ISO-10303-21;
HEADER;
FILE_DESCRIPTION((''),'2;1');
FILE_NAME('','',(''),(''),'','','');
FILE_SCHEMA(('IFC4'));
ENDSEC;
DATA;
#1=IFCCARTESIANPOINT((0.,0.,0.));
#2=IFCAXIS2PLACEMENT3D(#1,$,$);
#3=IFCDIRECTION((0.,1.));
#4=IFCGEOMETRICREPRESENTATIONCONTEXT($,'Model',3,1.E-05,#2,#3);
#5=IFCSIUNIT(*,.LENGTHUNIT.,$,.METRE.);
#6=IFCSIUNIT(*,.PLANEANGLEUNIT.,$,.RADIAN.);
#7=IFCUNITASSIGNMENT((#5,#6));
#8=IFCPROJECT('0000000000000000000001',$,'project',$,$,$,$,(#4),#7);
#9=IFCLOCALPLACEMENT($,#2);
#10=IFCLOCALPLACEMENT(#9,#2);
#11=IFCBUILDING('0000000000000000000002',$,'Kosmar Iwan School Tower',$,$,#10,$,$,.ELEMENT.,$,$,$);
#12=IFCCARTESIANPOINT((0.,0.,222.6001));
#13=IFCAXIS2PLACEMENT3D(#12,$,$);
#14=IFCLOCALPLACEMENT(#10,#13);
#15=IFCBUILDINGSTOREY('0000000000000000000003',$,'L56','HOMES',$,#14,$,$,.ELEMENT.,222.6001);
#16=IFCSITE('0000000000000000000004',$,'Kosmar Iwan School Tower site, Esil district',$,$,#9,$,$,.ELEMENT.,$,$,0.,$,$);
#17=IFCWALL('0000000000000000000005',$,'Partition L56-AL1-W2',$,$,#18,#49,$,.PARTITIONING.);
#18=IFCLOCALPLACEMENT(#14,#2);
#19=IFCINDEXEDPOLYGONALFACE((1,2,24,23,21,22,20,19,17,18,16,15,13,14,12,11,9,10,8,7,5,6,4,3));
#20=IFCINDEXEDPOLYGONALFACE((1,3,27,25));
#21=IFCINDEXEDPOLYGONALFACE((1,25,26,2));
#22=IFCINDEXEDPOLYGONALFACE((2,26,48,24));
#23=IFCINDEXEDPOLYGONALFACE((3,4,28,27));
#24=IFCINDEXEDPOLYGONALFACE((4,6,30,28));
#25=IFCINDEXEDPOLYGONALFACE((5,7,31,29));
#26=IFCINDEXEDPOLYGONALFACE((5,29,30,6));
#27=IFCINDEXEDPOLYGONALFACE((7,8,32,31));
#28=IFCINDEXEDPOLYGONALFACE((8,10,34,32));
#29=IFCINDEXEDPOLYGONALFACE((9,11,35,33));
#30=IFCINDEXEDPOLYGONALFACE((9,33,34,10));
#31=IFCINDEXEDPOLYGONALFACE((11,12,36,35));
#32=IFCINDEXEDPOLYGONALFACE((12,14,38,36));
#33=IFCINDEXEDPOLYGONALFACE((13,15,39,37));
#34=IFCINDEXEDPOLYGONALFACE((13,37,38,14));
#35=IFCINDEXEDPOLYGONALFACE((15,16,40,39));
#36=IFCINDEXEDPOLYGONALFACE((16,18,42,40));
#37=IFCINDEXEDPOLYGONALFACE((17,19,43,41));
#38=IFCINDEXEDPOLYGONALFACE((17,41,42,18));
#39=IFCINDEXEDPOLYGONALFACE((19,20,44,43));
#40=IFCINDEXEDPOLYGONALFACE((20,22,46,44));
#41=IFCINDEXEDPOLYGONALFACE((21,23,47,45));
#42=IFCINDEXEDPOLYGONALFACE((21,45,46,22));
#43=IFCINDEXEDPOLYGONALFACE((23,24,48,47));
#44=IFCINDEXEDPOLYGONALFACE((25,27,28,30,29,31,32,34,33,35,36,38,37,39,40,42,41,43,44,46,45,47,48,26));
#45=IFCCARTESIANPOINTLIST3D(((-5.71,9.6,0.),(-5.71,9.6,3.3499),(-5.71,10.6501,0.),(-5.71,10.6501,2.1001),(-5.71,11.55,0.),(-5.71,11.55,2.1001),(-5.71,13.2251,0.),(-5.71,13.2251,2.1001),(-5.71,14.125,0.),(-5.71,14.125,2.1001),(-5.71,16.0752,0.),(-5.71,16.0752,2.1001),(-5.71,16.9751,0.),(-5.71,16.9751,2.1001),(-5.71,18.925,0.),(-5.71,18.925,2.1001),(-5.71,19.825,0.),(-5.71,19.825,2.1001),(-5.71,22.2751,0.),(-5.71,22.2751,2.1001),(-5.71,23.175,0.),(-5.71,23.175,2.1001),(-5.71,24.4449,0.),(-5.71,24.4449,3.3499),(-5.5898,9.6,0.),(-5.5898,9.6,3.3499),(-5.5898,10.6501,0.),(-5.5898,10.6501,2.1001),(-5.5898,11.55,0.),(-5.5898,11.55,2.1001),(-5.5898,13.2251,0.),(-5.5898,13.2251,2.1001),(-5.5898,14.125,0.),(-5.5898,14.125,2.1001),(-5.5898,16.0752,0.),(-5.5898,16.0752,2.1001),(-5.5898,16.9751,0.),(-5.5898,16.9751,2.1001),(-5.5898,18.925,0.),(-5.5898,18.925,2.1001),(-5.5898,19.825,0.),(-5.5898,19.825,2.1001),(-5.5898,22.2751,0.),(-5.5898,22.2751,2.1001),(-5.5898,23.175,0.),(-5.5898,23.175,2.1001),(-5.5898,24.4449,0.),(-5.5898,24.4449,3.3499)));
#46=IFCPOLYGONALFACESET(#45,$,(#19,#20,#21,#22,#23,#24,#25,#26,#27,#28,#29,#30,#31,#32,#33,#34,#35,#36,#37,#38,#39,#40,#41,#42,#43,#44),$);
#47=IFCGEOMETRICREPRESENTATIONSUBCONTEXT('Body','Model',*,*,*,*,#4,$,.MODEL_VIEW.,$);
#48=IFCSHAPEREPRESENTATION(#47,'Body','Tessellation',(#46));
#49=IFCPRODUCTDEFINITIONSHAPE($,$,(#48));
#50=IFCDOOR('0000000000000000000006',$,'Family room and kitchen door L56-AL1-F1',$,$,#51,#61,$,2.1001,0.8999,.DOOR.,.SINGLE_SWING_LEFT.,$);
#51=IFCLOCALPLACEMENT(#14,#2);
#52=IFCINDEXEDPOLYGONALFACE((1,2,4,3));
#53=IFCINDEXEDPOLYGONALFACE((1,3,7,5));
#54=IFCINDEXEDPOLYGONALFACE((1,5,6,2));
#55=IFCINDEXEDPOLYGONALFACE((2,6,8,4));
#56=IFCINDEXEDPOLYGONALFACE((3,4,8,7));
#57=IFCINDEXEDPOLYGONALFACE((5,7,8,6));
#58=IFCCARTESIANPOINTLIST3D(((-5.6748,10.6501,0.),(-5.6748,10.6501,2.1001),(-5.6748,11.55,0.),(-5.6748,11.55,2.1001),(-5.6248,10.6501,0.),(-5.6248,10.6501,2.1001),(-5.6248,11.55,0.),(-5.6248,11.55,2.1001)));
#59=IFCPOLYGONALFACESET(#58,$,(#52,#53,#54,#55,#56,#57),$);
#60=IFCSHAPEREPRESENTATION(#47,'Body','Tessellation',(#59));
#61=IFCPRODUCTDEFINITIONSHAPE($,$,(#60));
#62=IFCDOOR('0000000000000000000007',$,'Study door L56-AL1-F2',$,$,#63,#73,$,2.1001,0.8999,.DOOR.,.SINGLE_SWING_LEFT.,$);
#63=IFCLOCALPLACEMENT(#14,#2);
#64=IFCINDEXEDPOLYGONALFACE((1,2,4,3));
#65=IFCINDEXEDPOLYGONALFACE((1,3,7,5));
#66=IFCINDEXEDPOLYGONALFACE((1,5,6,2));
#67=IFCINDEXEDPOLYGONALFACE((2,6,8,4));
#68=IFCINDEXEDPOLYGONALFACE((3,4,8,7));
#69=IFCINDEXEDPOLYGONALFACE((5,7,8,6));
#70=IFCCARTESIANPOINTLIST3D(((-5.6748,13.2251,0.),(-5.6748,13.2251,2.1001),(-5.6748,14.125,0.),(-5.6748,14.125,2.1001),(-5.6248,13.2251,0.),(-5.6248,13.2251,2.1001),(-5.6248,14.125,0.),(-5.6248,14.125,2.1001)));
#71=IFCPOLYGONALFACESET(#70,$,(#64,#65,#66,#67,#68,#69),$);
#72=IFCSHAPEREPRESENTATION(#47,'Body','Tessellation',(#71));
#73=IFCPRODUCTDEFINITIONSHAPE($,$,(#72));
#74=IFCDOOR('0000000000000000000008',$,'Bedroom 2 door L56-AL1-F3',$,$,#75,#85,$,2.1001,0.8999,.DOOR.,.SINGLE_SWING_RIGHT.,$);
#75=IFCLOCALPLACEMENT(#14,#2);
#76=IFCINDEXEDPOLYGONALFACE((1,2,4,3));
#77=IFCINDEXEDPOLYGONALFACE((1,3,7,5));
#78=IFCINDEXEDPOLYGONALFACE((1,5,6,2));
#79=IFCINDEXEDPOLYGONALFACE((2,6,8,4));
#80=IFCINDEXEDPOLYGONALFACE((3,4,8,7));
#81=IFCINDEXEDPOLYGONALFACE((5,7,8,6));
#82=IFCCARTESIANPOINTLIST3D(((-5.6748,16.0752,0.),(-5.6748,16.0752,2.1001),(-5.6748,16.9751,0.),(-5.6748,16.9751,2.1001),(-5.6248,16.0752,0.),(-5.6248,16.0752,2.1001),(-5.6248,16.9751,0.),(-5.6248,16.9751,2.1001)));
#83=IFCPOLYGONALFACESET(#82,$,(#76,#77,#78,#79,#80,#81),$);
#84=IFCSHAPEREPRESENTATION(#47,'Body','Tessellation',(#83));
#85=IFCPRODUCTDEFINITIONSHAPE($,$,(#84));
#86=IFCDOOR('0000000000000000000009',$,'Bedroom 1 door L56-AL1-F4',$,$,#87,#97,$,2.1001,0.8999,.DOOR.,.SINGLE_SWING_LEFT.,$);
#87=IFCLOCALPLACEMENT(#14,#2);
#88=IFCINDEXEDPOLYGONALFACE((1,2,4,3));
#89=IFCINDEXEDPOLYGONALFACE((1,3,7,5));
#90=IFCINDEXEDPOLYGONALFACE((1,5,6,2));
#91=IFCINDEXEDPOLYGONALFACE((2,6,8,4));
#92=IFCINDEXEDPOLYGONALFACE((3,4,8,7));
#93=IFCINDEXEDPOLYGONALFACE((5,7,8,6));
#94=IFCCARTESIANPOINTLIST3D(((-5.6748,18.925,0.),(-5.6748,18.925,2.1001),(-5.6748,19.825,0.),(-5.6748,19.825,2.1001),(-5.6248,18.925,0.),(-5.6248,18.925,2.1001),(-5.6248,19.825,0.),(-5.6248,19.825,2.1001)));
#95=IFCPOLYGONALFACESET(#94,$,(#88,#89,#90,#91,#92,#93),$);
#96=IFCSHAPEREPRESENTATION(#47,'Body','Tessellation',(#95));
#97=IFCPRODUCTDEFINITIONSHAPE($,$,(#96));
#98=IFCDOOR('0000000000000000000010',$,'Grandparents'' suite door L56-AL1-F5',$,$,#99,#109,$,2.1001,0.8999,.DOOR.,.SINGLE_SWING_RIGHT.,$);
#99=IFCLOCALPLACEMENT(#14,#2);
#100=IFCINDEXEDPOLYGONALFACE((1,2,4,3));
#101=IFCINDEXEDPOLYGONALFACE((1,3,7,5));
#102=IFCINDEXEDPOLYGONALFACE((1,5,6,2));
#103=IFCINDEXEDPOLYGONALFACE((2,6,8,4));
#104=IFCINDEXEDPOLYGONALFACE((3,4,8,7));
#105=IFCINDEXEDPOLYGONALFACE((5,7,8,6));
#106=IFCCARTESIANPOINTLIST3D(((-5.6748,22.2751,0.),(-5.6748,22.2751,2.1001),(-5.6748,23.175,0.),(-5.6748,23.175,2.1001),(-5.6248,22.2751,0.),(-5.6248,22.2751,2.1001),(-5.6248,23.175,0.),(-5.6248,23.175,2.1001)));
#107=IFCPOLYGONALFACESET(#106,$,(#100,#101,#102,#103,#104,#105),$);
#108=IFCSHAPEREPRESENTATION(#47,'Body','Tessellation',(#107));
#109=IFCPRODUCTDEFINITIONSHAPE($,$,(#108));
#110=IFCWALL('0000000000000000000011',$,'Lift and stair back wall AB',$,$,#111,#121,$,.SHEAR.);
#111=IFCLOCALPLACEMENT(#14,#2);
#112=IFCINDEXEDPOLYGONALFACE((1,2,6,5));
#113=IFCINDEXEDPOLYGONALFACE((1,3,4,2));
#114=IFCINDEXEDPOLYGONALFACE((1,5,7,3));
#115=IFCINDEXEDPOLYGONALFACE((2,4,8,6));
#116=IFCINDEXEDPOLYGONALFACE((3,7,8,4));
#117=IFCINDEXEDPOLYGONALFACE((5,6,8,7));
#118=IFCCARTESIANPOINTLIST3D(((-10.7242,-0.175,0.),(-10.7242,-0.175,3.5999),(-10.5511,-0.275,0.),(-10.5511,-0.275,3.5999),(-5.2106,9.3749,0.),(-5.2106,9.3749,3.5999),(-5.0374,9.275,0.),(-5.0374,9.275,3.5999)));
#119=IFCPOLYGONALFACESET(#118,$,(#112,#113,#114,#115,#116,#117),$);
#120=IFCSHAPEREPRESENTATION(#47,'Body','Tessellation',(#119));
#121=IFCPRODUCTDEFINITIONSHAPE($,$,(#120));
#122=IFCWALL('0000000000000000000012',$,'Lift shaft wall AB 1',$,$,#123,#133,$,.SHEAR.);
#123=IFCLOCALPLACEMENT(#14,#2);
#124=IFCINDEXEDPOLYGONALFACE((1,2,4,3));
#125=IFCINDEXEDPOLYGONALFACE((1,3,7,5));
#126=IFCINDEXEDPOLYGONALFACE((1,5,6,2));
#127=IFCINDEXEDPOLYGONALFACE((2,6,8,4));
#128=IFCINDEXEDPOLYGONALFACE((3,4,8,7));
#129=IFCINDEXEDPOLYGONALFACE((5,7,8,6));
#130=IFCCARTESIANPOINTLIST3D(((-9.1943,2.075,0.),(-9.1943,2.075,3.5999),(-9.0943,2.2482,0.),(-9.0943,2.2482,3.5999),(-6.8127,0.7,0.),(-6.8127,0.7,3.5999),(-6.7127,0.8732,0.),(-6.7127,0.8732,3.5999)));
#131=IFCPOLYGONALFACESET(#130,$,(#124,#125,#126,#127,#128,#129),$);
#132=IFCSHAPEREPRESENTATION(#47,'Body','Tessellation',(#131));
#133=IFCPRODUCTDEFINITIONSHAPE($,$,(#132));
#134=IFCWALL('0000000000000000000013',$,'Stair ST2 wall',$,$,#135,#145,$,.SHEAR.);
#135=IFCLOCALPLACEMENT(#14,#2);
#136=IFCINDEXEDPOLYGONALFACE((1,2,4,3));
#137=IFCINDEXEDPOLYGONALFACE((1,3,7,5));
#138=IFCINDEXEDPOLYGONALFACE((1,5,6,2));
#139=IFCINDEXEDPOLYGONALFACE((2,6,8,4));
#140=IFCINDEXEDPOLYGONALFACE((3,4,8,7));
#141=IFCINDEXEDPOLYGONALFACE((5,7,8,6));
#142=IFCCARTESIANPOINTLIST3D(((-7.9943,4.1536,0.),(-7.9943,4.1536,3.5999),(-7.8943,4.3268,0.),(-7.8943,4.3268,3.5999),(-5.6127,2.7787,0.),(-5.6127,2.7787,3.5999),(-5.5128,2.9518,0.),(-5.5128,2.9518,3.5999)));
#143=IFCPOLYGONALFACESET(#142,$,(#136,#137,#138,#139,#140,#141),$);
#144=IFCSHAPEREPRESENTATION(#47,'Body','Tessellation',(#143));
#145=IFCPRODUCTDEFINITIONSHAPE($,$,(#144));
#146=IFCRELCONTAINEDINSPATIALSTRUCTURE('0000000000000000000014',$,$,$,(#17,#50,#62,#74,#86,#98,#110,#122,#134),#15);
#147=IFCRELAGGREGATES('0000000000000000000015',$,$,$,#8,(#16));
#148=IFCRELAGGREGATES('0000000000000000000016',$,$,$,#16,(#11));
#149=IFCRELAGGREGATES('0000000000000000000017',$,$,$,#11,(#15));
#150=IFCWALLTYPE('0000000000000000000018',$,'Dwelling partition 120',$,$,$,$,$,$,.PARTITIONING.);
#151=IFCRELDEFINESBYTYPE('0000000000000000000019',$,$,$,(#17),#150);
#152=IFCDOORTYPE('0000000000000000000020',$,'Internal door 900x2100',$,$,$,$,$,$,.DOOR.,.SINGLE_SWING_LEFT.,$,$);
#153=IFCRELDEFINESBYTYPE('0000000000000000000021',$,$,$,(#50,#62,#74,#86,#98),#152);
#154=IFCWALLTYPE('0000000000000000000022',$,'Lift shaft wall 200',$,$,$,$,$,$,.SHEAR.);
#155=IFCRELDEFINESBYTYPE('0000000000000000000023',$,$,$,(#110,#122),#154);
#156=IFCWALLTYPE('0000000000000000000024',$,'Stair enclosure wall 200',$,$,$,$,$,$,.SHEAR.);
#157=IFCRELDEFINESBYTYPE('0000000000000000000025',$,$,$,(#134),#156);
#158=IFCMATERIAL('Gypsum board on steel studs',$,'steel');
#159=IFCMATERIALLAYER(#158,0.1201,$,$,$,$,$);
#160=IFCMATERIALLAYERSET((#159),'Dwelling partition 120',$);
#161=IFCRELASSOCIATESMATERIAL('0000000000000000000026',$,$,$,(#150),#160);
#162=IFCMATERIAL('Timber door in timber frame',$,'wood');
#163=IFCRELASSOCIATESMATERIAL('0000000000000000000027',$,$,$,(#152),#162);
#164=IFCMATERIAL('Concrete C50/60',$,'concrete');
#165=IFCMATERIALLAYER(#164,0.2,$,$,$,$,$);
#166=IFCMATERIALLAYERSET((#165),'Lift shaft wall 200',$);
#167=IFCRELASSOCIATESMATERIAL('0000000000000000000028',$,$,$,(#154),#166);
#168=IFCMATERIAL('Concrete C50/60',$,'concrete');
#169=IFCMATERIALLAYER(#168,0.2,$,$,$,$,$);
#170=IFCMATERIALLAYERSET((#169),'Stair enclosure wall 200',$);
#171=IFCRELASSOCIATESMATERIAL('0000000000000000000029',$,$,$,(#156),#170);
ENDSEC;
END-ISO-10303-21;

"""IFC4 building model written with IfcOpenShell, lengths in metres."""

from ifc_helpers import new_model, si_unit, direction, frame, frame_2d, origin, place, context, subcontext, project, spatial, rectangle, extrude, material, layer, layer_set, type_object, element, fill, save


model = new_model("IFC4")

# Units and contexts
model_context = context("Model", 3, precision=1e-05, world=origin(), true_north=direction((0.0, 1.0)))
body_context = subcontext(model_context, "Body", "Model", "MODEL_VIEW")
ifc_project = project(units=[si_unit("LENGTHUNIT", "METRE"), si_unit("PLANEANGLEUNIT", "RADIAN")], contexts=[model_context])

# Site, building, storey
site_placement = place(None, origin())
site = spatial("IfcSite", under=ifc_project, at=site_placement, Name="Kosmar Iwan School Tower site, Esil district", CompositionType="ELEMENT", RefElevation=0.0)
building_placement = place(site_placement, origin())
building = spatial("IfcBuilding", under=site, at=building_placement, Name="Kosmar Iwan School Tower", CompositionType="ELEMENT")
storey_placement = place(building_placement, frame((0.0, 0.0, 222.6001)))
storey = spatial("IfcBuildingStorey", under=building, at=storey_placement, Name="L56", Description="HOMES", CompositionType="ELEMENT", Elevation=222.6001)

# Wall, openings, doors
ifc_material_1 = material(Name="Gypsum board on steel studs", Category="steel")
ifc_layer_1 = layer(ifc_material_1, 0.1201)
ifc_layer_set_1 = layer_set([ifc_layer_1], Name="Dwelling partition 120")
wall_type_1 = type_object("IfcWallType", Name="Dwelling partition 120", PredefinedType="PARTITIONING", material=ifc_layer_set_1)
ifc_material_2 = material(Name="Timber door in timber frame", Category="wood")
door_type_1 = type_object("IfcDoorType", Name="Internal door 900x2100", OperationType="SINGLE_SWING_LEFT", PredefinedType="DOOR", material=ifc_material_2)
wall_1_placement = place(storey_placement, frame((-5.6499, 9.6001, 0.0), z_axis=(0.0, 0.0, 1.0), x_axis=(0.0, 1.0, 0.0)))
wall_1 = element("IfcWall", 1, at=wall_1_placement, inside=storey, type_object=wall_type_1, Name="Partition L56-AL1-W2", PredefinedType="PARTITIONING", context=body_context, shape_type="SweptSolid", body=[
    extrude(rectangle(XDim=14.845, YDim=0.1201, at=frame_2d((7.4224, 0.0))), origin(), (0.0, 0.0, 1.0), 3.3499),
])
opening_1_placement = place(wall_1_placement, frame((1.05, 0.0, 0.0)))
opening_1 = element("IfcOpeningElement", 2, at=opening_1_placement, cuts=wall_1, PredefinedType="OPENING", context=body_context, shape_type="SweptSolid", body=[
    extrude(rectangle(XDim=0.8999, YDim=2.1001, at=frame_2d((0.45, 1.05))), frame((0.0, 0.072, 0.0), z_axis=(0.0, -1.0, 0.0), x_axis=(1.0, 0.0, 0.0)), (0.0, 0.0, 1.0), 0.144),
])
opening_2_placement = place(wall_1_placement, frame((3.625, 0.0, 0.0)))
opening_2 = element("IfcOpeningElement", 3, at=opening_2_placement, cuts=wall_1, PredefinedType="OPENING", context=body_context, shape_type="SweptSolid", body=[
    extrude(rectangle(XDim=0.8999, YDim=2.1001, at=frame_2d((0.45, 1.05))), frame((0.0, 0.072, 0.0), z_axis=(0.0, -1.0, 0.0), x_axis=(1.0, 0.0, 0.0)), (0.0, 0.0, 1.0), 0.144),
])
opening_3_placement = place(wall_1_placement, frame((6.4751, 0.0, 0.0)))
opening_3 = element("IfcOpeningElement", 4, at=opening_3_placement, cuts=wall_1, PredefinedType="OPENING", context=body_context, shape_type="SweptSolid", body=[
    extrude(rectangle(XDim=0.8999, YDim=2.1001, at=frame_2d((0.45, 1.05))), frame((0.0, 0.072, 0.0), z_axis=(0.0, -1.0, 0.0), x_axis=(1.0, 0.0, 0.0)), (0.0, 0.0, 1.0), 0.144),
])
opening_4_placement = place(wall_1_placement, frame((9.325, 0.0, 0.0)))
opening_4 = element("IfcOpeningElement", 5, at=opening_4_placement, cuts=wall_1, PredefinedType="OPENING", context=body_context, shape_type="SweptSolid", body=[
    extrude(rectangle(XDim=0.8999, YDim=2.1001, at=frame_2d((0.45, 1.05))), frame((0.0, 0.072, 0.0), z_axis=(0.0, -1.0, 0.0), x_axis=(1.0, 0.0, 0.0)), (0.0, 0.0, 1.0), 0.144),
])
opening_5_placement = place(wall_1_placement, frame((12.675, 0.0, 0.0)))
opening_5 = element("IfcOpeningElement", 6, at=opening_5_placement, cuts=wall_1, PredefinedType="OPENING", context=body_context, shape_type="SweptSolid", body=[
    extrude(rectangle(XDim=0.8999, YDim=2.1001, at=frame_2d((0.45, 1.05))), frame((0.0, 0.072, 0.0), z_axis=(0.0, -1.0, 0.0), x_axis=(1.0, 0.0, 0.0)), (0.0, 0.0, 1.0), 0.144),
])
door_1_placement = place(opening_1_placement, origin())
door_1 = element("IfcDoor", 7, at=door_1_placement, inside=storey, type_object=door_type_1, Name="Family room and kitchen door L56-AL1-F1", OperationType="SINGLE_SWING_LEFT", OverallHeight=2.1001, OverallWidth=0.8999, PredefinedType="DOOR", context=body_context, shape_type="SweptSolid", body=[
    extrude(rectangle(XDim=0.8999, YDim=2.1001, at=frame_2d((0.45, 1.05))), frame((0.0, 0.0249, 0.0), z_axis=(0.0, -1.0, 0.0), x_axis=(1.0, 0.0, 0.0)), (0.0, 0.0, 1.0), 0.05),
])
fill(opening_1, door_1)
door_2_placement = place(opening_2_placement, origin())
door_2 = element("IfcDoor", 8, at=door_2_placement, inside=storey, type_object=door_type_1, Name="Study door L56-AL1-F2", OperationType="SINGLE_SWING_LEFT", OverallHeight=2.1001, OverallWidth=0.8999, PredefinedType="DOOR", context=body_context, shape_type="SweptSolid", body=[
    extrude(rectangle(XDim=0.8999, YDim=2.1001, at=frame_2d((0.45, 1.05))), frame((0.0, 0.0249, 0.0), z_axis=(0.0, -1.0, 0.0), x_axis=(1.0, 0.0, 0.0)), (0.0, 0.0, 1.0), 0.05),
])
fill(opening_2, door_2)
door_3_placement = place(opening_3_placement, origin())
door_3 = element("IfcDoor", 9, at=door_3_placement, inside=storey, type_object=door_type_1, Name="Bedroom 2 door L56-AL1-F3", OperationType="SINGLE_SWING_RIGHT", OverallHeight=2.1001, OverallWidth=0.8999, PredefinedType="DOOR", context=body_context, shape_type="SweptSolid", body=[
    extrude(rectangle(XDim=0.8999, YDim=2.1001, at=frame_2d((0.45, 1.05))), frame((0.0, 0.0249, 0.0), z_axis=(0.0, -1.0, 0.0), x_axis=(1.0, 0.0, 0.0)), (0.0, 0.0, 1.0), 0.05),
])
fill(opening_3, door_3)
door_4_placement = place(opening_4_placement, origin())
door_4 = element("IfcDoor", 10, at=door_4_placement, inside=storey, type_object=door_type_1, Name="Bedroom 1 door L56-AL1-F4", OperationType="SINGLE_SWING_LEFT", OverallHeight=2.1001, OverallWidth=0.8999, PredefinedType="DOOR", context=body_context, shape_type="SweptSolid", body=[
    extrude(rectangle(XDim=0.8999, YDim=2.1001, at=frame_2d((0.45, 1.05))), frame((0.0, 0.0249, 0.0), z_axis=(0.0, -1.0, 0.0), x_axis=(1.0, 0.0, 0.0)), (0.0, 0.0, 1.0), 0.05),
])
fill(opening_4, door_4)
door_5_placement = place(opening_5_placement, origin())
door_5 = element("IfcDoor", 11, at=door_5_placement, inside=storey, type_object=door_type_1, Name="Grandparents' suite door L56-AL1-F5", OperationType="SINGLE_SWING_RIGHT", OverallHeight=2.1001, OverallWidth=0.8999, PredefinedType="DOOR", context=body_context, shape_type="SweptSolid", body=[
    extrude(rectangle(XDim=0.8999, YDim=2.1001, at=frame_2d((0.45, 1.05))), frame((0.0, 0.0249, 0.0), z_axis=(0.0, -1.0, 0.0), x_axis=(1.0, 0.0, 0.0)), (0.0, 0.0, 1.0), 0.05),
])
fill(opening_5, door_5)

# Walls
ifc_material_3 = material(Name="Concrete C50/60", Category="concrete")
ifc_layer_2 = layer(ifc_material_3, 0.2)
ifc_layer_set_2 = layer_set([ifc_layer_2], Name="Lift shaft wall 200")
wall_type_2 = type_object("IfcWallType", Name="Lift shaft wall 200", PredefinedType="SHEAR", material=ifc_layer_set_2)
wall_2_placement = place(storey_placement, frame((-5.124, 9.325, 0.0), z_axis=(0.0, 0.0, 1.0), x_axis=(-0.499997, -0.866027, 0.0)))
element("IfcWall", 12, at=wall_2_placement, inside=storey, type_object=wall_type_2, Name="Lift and stair back wall AB", PredefinedType="SHEAR", context=body_context, shape_type="SweptSolid", body=[
    extrude(rectangle(XDim=11.0273, YDim=0.2, at=frame_2d((5.5137, 0.0))), origin(), (0.0, 0.0, 1.0), 3.5999),
])
wall_3_placement = place(storey_placement, frame((-6.7627, 0.7866, 0.0), z_axis=(0.0, 0.0, 1.0), x_axis=(-0.866027, 0.499997, 0.0)))
element("IfcWall", 13, at=wall_3_placement, inside=storey, type_object=wall_type_2, Name="Lift shaft wall AB 1", PredefinedType="SHEAR", context=body_context, shape_type="SweptSolid", body=[
    extrude(rectangle(XDim=2.75, YDim=0.2, at=frame_2d((1.375, 0.0))), origin(), (0.0, 0.0, 1.0), 3.5999),
])
ifc_material_4 = material(Name="Concrete C50/60", Category="concrete")
ifc_layer_3 = layer(ifc_material_4, 0.2)
ifc_layer_set_3 = layer_set([ifc_layer_3], Name="Stair enclosure wall 200")
wall_type_3 = type_object("IfcWallType", Name="Stair enclosure wall 200", PredefinedType="SHEAR", material=ifc_layer_set_3)
wall_4_placement = place(storey_placement, frame((-5.5627, 2.8652, 0.0), z_axis=(0.0, 0.0, 1.0), x_axis=(-0.866027, 0.499997, 0.0)))
element("IfcWall", 14, at=wall_4_placement, inside=storey, type_object=wall_type_3, Name="Stair ST2 wall", PredefinedType="SHEAR", context=body_context, shape_type="SweptSolid", body=[
    extrude(rectangle(XDim=2.75, YDim=0.2, at=frame_2d((1.375, 0.0))), origin(), (0.0, 0.0, 1.0), 3.5999),
])

save(model, "model.ifc")
